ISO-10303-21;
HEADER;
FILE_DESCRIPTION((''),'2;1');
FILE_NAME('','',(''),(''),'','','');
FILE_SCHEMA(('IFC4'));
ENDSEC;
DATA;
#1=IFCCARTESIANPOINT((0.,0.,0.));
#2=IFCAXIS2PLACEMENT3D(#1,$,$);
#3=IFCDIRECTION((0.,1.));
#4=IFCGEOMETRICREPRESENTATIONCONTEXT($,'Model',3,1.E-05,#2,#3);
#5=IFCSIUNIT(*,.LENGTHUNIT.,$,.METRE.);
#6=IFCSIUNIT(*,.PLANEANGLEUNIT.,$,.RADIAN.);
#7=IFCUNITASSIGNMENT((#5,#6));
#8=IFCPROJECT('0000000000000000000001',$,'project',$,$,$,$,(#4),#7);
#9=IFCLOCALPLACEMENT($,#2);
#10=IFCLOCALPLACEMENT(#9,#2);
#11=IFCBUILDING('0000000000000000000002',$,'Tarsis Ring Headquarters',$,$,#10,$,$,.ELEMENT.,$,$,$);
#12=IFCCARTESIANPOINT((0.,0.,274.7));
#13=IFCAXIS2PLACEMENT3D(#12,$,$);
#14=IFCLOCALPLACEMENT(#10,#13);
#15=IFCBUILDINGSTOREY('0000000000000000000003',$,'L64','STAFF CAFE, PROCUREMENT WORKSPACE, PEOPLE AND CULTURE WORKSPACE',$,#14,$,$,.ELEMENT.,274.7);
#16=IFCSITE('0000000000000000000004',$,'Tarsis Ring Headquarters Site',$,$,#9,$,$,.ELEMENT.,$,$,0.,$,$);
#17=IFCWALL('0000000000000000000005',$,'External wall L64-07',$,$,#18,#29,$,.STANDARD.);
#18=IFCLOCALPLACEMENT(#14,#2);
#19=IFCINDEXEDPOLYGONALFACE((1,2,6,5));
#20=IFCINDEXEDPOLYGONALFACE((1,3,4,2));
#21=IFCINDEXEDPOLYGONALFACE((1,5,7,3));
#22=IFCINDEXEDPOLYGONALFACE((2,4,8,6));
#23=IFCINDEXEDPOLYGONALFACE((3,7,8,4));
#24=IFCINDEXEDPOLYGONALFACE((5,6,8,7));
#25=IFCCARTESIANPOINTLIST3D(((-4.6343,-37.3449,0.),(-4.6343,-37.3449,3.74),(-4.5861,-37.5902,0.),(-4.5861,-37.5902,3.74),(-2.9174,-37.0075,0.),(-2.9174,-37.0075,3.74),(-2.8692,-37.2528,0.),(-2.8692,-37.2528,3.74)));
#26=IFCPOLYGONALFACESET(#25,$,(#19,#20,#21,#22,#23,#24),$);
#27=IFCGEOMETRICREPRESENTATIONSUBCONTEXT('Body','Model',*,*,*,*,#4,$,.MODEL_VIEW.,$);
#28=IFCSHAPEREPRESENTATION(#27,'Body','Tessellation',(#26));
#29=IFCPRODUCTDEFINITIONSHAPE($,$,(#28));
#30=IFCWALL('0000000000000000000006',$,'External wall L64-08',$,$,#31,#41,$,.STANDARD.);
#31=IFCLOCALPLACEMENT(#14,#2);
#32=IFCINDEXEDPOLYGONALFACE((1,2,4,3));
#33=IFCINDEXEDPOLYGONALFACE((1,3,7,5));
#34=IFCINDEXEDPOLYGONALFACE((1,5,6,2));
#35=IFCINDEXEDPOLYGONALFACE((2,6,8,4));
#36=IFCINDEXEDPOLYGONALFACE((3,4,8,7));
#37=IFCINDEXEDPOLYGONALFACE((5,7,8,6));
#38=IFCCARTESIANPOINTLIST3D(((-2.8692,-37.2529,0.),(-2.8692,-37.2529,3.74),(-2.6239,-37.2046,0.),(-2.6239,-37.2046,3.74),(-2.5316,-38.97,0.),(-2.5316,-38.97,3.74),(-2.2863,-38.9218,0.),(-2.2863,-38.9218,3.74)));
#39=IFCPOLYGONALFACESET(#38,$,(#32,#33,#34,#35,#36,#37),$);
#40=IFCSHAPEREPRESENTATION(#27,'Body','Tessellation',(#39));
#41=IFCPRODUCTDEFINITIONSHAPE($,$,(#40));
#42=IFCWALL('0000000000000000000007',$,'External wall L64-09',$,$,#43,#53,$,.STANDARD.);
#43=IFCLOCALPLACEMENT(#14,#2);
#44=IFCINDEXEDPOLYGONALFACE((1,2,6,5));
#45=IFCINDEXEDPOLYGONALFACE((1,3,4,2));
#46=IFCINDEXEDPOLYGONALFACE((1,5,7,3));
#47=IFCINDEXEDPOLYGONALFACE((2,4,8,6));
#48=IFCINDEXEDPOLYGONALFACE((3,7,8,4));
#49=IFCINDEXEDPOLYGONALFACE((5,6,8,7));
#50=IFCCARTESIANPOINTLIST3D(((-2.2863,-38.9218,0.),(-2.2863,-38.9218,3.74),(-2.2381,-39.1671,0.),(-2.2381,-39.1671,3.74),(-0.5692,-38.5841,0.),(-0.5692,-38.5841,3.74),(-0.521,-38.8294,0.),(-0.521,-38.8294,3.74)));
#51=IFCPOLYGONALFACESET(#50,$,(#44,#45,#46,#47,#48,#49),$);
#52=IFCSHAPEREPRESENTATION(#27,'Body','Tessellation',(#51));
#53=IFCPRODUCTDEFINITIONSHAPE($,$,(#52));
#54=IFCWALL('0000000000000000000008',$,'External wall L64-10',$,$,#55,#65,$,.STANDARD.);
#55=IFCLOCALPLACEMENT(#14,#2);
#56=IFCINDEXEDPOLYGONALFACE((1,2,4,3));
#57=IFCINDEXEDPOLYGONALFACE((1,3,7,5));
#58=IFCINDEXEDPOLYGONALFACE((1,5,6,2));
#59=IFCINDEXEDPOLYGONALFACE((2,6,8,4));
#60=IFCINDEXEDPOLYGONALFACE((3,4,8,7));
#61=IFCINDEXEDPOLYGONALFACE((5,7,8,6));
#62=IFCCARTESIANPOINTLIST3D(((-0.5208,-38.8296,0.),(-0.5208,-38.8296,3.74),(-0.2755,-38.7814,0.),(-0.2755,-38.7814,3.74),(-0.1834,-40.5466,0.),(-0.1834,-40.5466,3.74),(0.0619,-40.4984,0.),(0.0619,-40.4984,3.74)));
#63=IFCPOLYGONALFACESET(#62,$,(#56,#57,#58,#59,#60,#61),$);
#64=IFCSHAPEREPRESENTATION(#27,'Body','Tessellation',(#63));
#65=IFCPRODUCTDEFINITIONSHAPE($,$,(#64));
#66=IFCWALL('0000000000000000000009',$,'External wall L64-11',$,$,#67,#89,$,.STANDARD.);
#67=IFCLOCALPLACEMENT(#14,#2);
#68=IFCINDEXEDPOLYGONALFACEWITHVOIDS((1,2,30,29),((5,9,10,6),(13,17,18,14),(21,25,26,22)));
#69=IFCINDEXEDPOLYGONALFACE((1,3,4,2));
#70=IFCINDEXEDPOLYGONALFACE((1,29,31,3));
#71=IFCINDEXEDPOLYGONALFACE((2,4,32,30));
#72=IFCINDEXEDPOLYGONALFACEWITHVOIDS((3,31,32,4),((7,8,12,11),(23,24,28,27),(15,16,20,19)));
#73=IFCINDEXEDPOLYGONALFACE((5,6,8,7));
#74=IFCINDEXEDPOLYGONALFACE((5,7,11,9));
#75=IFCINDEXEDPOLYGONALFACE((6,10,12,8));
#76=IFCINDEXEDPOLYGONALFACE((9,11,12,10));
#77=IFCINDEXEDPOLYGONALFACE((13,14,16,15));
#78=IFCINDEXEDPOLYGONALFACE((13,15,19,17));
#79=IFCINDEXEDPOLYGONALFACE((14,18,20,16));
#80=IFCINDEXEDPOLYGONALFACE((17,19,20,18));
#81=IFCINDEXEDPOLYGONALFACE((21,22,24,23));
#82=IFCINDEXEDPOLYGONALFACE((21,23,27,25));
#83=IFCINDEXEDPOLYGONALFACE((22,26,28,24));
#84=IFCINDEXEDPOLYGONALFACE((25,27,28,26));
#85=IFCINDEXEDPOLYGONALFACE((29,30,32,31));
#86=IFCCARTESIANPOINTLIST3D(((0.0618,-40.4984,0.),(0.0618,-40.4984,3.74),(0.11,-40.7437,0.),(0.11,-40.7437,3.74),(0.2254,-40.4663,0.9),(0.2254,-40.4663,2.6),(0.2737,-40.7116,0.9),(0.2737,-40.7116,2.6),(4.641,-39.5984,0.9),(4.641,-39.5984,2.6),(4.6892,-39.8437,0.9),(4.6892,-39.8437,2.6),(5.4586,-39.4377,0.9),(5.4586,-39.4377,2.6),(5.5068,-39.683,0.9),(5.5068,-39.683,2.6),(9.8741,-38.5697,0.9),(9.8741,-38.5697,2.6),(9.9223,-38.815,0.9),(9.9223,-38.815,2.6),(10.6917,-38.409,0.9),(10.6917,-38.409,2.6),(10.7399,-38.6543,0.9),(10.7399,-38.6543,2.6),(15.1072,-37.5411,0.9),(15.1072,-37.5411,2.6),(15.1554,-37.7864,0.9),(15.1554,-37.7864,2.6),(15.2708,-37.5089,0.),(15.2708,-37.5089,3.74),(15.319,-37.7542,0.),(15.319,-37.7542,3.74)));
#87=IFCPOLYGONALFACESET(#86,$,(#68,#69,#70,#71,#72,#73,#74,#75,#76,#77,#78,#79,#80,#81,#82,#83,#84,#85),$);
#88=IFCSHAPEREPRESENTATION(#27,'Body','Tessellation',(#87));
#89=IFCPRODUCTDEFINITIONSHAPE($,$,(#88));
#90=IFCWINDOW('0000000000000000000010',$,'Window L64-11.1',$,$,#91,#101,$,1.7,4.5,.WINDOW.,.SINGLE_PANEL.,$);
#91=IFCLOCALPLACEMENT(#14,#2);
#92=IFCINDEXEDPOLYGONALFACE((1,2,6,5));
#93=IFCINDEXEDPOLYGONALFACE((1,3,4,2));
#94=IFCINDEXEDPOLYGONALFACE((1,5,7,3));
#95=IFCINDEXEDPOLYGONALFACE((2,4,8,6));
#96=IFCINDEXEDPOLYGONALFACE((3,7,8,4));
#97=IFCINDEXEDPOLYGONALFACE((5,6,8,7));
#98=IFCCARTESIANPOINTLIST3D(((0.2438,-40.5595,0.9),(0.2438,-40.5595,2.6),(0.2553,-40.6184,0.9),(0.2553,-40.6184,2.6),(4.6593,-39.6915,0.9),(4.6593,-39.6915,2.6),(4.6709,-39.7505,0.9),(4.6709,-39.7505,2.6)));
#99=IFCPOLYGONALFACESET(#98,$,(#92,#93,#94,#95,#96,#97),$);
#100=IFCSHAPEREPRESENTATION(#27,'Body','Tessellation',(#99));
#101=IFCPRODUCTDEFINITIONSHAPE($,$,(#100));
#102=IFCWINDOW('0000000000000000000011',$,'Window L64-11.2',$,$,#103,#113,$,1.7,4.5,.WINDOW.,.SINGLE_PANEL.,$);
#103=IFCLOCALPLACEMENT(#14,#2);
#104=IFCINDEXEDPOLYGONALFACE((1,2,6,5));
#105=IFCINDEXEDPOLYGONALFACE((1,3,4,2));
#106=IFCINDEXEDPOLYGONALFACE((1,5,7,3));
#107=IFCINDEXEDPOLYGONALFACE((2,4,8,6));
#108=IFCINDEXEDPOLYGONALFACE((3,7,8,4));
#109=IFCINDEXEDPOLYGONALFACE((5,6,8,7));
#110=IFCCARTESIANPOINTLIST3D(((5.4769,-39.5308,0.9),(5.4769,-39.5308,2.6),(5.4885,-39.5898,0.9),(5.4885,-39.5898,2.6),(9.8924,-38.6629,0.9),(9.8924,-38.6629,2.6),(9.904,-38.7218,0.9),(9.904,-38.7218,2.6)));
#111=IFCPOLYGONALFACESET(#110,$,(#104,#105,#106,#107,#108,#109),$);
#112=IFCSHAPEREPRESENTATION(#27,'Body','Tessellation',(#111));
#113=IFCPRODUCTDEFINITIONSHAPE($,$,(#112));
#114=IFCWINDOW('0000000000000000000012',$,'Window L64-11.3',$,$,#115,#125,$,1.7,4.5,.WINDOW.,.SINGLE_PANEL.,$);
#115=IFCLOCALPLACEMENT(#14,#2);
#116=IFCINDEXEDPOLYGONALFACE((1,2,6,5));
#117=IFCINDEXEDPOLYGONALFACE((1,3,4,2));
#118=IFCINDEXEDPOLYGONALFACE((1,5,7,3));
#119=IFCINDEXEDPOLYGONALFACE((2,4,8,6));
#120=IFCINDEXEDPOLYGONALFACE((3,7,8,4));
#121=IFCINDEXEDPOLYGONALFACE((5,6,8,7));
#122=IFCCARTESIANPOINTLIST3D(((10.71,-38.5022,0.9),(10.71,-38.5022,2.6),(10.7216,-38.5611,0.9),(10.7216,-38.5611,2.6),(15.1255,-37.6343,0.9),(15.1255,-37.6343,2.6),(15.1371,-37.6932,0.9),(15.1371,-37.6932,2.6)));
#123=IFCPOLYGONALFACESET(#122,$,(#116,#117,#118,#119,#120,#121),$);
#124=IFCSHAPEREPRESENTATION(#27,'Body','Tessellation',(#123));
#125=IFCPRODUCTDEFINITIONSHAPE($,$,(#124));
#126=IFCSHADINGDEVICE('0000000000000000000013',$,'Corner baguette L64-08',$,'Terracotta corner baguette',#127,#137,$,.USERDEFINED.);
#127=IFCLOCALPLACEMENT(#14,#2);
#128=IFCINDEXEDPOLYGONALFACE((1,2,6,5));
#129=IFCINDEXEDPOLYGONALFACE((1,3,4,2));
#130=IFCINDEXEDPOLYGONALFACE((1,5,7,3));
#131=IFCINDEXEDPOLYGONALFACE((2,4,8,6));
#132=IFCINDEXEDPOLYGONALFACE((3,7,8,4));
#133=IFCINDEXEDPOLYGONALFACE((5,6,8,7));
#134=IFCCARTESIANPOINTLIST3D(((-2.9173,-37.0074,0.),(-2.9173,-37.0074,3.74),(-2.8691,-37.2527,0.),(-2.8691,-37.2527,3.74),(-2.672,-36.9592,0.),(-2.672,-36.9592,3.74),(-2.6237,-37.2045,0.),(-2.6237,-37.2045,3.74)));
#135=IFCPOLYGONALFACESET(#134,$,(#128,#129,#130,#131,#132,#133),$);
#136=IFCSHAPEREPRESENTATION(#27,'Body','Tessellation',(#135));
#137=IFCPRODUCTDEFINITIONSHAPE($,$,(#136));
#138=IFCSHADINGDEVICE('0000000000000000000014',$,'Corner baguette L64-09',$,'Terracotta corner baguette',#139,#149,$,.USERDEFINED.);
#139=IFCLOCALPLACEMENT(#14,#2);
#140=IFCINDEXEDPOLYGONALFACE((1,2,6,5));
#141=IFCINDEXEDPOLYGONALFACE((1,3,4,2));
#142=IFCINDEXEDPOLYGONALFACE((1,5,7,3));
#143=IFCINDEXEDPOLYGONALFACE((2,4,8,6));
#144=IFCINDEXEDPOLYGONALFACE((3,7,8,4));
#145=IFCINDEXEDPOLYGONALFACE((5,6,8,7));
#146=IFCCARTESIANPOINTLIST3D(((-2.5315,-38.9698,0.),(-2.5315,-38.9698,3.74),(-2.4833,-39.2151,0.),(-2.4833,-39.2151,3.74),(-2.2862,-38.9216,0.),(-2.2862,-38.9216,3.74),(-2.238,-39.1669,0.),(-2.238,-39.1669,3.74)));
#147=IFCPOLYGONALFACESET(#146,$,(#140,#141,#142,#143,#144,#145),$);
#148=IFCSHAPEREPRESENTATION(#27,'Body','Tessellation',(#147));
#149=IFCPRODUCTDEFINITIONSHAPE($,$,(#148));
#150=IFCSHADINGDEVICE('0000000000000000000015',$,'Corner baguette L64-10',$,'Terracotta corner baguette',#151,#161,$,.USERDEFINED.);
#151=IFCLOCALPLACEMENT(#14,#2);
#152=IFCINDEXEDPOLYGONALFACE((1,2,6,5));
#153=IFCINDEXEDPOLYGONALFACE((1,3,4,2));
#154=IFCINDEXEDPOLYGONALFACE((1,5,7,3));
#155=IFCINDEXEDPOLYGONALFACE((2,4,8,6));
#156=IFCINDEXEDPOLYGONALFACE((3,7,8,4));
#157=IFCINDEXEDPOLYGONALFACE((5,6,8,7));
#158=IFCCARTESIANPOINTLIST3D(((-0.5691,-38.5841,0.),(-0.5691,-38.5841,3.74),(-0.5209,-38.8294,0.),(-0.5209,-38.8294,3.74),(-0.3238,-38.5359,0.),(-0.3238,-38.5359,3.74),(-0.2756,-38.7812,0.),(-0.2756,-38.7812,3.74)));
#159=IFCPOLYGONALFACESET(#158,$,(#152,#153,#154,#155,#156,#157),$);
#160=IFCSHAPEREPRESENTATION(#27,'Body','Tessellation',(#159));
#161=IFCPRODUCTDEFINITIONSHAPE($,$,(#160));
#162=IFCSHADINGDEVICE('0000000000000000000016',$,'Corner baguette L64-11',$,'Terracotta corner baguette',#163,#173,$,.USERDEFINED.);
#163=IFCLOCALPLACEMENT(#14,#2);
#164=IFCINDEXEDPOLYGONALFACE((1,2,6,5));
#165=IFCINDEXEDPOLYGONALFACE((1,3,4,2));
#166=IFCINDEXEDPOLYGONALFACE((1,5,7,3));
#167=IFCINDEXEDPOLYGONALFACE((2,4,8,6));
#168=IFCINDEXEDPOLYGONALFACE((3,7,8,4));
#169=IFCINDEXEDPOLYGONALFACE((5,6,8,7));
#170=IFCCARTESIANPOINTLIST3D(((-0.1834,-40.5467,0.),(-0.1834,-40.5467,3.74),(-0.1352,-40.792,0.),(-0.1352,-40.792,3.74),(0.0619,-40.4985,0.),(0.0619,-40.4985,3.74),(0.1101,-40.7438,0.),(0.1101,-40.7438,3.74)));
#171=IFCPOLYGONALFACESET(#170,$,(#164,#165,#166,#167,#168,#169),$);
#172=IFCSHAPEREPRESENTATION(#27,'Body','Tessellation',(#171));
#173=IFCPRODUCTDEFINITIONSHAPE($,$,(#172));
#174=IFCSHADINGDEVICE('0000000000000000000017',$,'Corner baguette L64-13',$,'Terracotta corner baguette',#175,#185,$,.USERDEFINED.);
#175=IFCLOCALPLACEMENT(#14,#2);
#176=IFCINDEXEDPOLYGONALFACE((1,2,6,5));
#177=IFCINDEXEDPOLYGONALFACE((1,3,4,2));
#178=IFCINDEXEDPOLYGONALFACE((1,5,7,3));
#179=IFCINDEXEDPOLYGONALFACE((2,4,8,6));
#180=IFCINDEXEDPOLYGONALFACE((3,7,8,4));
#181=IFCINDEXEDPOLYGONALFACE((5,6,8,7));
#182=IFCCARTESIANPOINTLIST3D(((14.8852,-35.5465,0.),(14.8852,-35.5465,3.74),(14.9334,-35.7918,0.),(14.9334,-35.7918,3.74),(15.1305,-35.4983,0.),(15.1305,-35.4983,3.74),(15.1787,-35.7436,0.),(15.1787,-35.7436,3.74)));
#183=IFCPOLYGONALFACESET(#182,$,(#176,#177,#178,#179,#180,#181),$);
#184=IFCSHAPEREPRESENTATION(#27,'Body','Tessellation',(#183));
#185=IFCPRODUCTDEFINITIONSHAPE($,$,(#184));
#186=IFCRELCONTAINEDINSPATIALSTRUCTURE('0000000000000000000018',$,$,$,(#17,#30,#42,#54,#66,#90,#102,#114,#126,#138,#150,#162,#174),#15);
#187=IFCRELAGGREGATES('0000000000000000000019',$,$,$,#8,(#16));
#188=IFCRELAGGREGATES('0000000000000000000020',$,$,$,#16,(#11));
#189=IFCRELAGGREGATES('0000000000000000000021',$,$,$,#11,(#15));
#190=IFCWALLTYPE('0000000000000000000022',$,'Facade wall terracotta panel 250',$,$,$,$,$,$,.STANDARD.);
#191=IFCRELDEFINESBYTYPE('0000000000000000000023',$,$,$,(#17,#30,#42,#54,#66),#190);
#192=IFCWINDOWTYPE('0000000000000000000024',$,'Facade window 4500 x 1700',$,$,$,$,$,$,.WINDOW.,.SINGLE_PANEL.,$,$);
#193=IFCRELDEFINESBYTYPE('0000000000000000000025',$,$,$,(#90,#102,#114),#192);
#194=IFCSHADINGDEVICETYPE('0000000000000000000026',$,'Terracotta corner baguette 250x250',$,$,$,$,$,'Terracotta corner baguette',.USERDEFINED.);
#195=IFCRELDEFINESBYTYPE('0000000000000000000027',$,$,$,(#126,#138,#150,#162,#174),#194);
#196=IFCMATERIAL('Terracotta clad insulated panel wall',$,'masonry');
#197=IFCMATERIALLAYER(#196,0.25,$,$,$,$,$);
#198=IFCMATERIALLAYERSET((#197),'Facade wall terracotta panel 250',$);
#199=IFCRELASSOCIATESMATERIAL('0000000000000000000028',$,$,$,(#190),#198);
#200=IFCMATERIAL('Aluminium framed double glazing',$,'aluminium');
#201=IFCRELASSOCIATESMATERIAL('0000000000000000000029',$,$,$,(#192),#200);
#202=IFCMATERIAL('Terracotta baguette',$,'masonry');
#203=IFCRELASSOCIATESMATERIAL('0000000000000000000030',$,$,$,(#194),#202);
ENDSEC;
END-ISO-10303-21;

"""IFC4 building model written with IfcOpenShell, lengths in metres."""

from ifc_helpers import new_model, si_unit, direction, frame, frame_2d, origin, origin_2d, place, context, subcontext, project, spatial, rectangle, extrude, material, layer, layer_set, type_object, element, fill, save


model = new_model("IFC4")

# Units and contexts
model_context = context("Model", 3, precision=1e-05, world=origin(), true_north=direction((0.0, 1.0)))
body_context = subcontext(model_context, "Body", "Model", "MODEL_VIEW")
ifc_project = project(units=[si_unit("LENGTHUNIT", "METRE"), si_unit("PLANEANGLEUNIT", "RADIAN")], contexts=[model_context])

# Site, building, storey
site_placement = place(None, origin())
site = spatial("IfcSite", under=ifc_project, at=site_placement, Name="Tarsis Ring Headquarters Site", CompositionType="ELEMENT", RefElevation=0.0)
building_placement = place(site_placement, origin())
building = spatial("IfcBuilding", under=site, at=building_placement, Name="Tarsis Ring Headquarters", CompositionType="ELEMENT")
storey_placement = place(building_placement, frame((0.0, 0.0, 274.7)))
storey = spatial("IfcBuildingStorey", under=building, at=storey_placement, Name="L64", Description="STAFF CAFE, PROCUREMENT WORKSPACE, PEOPLE AND CULTURE WORKSPACE", CompositionType="ELEMENT", Elevation=274.7)

# Walls
ifc_material_1 = material(Name="Terracotta clad insulated panel wall", Category="masonry")
ifc_layer_1 = layer(ifc_material_1, 0.25)
ifc_layer_set_1 = layer_set([ifc_layer_1], Name="Facade wall terracotta panel 250")
wall_type_1 = type_object("IfcWallType", Name="Facade wall terracotta panel 250", PredefinedType="STANDARD", material=ifc_layer_set_1)
wall_1_placement = place(storey_placement, frame((-4.6104, -37.4675, 0.0), z_axis=(0.0, 0.0, 1.0), x_axis=(0.981235, 0.192815, 0.0)))
element("IfcWall", 1, at=wall_1_placement, inside=storey, type_object=wall_type_1, Name="External wall L64-07", PredefinedType="STANDARD", context=body_context, shape_type="SweptSolid", body=[
    extrude(rectangle(XDim=1.7498, YDim=0.25, at=frame_2d((0.875, 0.0))), origin(), (0.0, 0.0, 1.0), 3.74),
])
for number, where, z_axis, x_axis, name in (
    (2, (-2.7466, -37.2288, 0.0), (0.0, 0.0, 1.0), (0.192949, -0.981209, 0.0), "External wall L64-08"),
    (3, (-2.2622, -39.0444, 0.0), (0.0, 0.0, 1.0), (0.981209, 0.192949, 0.0), "External wall L64-09"),
):
    element("IfcWall", number, at=place(storey_placement, frame(where, z_axis=z_axis, x_axis=x_axis)), inside=storey, type_object=wall_type_1, Name=name, PredefinedType="STANDARD", context=body_context, shape_type="SweptSolid", body=[
        extrude(rectangle(XDim=1.75, YDim=0.25, at=frame_2d((0.875, 0.0))), origin(), (0.0, 0.0, 1.0), 3.74),
    ])
wall_2_placement = place(storey_placement, frame((-0.3982, -38.8054, 0.0), z_axis=(0.0, 0.0, 1.0), x_axis=(0.192815, -0.981235, 0.0)))
element("IfcWall", 4, at=wall_2_placement, inside=storey, type_object=wall_type_1, Name="External wall L64-10", PredefinedType="STANDARD", context=body_context, shape_type="SweptSolid", body=[
    extrude(rectangle(XDim=1.7498, YDim=0.25, at=frame_2d((0.875, 0.0))), origin(), (0.0, 0.0, 1.0), 3.74),
])

# Wall, openings, windows
wall_3_placement = place(storey_placement, frame((0.0859, -40.6211, 0.0), z_axis=(0.0, 0.0, 1.0), x_axis=(0.981224, 0.192871, 0.0)))
wall_3 = element("IfcWall", 5, at=wall_3_placement, inside=storey, type_object=wall_type_1, Name="External wall L64-11", PredefinedType="STANDARD", context=body_context, shape_type="SweptSolid", body=[
    extrude(rectangle(XDim=15.5, YDim=0.25, at=frame_2d((7.75, 0.0))), origin(), (0.0, 0.0, 1.0), 3.74),
])
opening_1_placement = place(wall_3_placement, frame((0.1667, 0.0, 0.8999)))
opening_1 = element("IfcOpeningElement", 6, at=opening_1_placement, cuts=wall_3, PredefinedType="OPENING", context=body_context, shape_type="SweptSolid", body=[
    extrude(rectangle(XDim=4.5, YDim=1.7, at=frame_2d((2.25, 0.8501))), frame((0.0, 0.135, 0.0), z_axis=(0.0, -1.0, 0.0), x_axis=(1.0, 0.0, 0.0)), (0.0, 0.0, 1.0), 0.27),
])
opening_2_placement = place(wall_3_placement, frame((5.5, 0.0, 0.8999)))
opening_2 = element("IfcOpeningElement", 7, at=opening_2_placement, cuts=wall_3, PredefinedType="OPENING", context=body_context, shape_type="SweptSolid", body=[
    extrude(rectangle(XDim=4.5, YDim=1.7, at=frame_2d((2.25, 0.8501))), frame((0.0, 0.135, 0.0), z_axis=(0.0, -1.0, 0.0), x_axis=(1.0, 0.0, 0.0)), (0.0, 0.0, 1.0), 0.27),
])
opening_3_placement = place(wall_3_placement, frame((10.8333, 0.0, 0.8999)))
opening_3 = element("IfcOpeningElement", 8, at=opening_3_placement, cuts=wall_3, PredefinedType="OPENING", context=body_context, shape_type="SweptSolid", body=[
    extrude(rectangle(XDim=4.5, YDim=1.7, at=frame_2d((2.25, 0.8501))), frame((0.0, 0.135, 0.0), z_axis=(0.0, -1.0, 0.0), x_axis=(1.0, 0.0, 0.0)), (0.0, 0.0, 1.0), 0.27),
])
ifc_material_2 = material(Name="Aluminium framed double glazing", Category="aluminium")
window_type = type_object("IfcWindowType", Name="Facade window 4500 x 1700", PartitioningType="SINGLE_PANEL", PredefinedType="WINDOW", material=ifc_material_2)
window_1_placement = place(opening_1_placement, origin())
window_1 = element("IfcWindow", 9, at=window_1_placement, inside=storey, type_object=window_type, Name="Window L64-11.1", OverallHeight=1.7, OverallWidth=4.5, PartitioningType="SINGLE_PANEL", PredefinedType="WINDOW", context=body_context, shape_type="SweptSolid", body=[
    extrude(rectangle(XDim=4.5, YDim=1.7, at=frame_2d((2.25, 0.8501))), frame((0.0, 0.03, 0.0), z_axis=(0.0, -1.0, 0.0), x_axis=(1.0, 0.0, 0.0)), (0.0, 0.0, 1.0), 0.0601),
])
fill(opening_1, window_1)
window_2_placement = place(opening_2_placement, origin())
window_2 = element("IfcWindow", 10, at=window_2_placement, inside=storey, type_object=window_type, Name="Window L64-11.2", OverallHeight=1.7, OverallWidth=4.5, PartitioningType="SINGLE_PANEL", PredefinedType="WINDOW", context=body_context, shape_type="SweptSolid", body=[
    extrude(rectangle(XDim=4.5, YDim=1.7, at=frame_2d((2.25, 0.8501))), frame((0.0, 0.03, 0.0), z_axis=(0.0, -1.0, 0.0), x_axis=(1.0, 0.0, 0.0)), (0.0, 0.0, 1.0), 0.0601),
])
fill(opening_2, window_2)
window_3_placement = place(opening_3_placement, origin())
window_3 = element("IfcWindow", 11, at=window_3_placement, inside=storey, type_object=window_type, Name="Window L64-11.3", OverallHeight=1.7, OverallWidth=4.5, PartitioningType="SINGLE_PANEL", PredefinedType="WINDOW", context=body_context, shape_type="SweptSolid", body=[
    extrude(rectangle(XDim=4.5, YDim=1.7, at=frame_2d((2.25, 0.8501))), frame((0.0, 0.03, 0.0), z_axis=(0.0, -1.0, 0.0), x_axis=(1.0, 0.0, 0.0)), (0.0, 0.0, 1.0), 0.0601),
])
fill(opening_3, window_3)

# Shading devices
ifc_material_3 = material(Name="Terracotta baguette", Category="masonry")
shading_device_type_1 = type_object("IfcShadingDeviceType", Name="Terracotta corner baguette 250x250", ElementType="Terracotta corner baguette", PredefinedType="USERDEFINED", material=ifc_material_3)
for number, where, z_axis, x_axis, name in (
    (12, (-2.7705, -37.106, 0.0), (0.0, 0.0, 1.0), (0.981225, 0.192865, 0.0), "Corner baguette L64-08"),
    (13, (-2.3848, -39.0684, 0.0), (0.0, 0.0, 1.0), (0.192864, -0.981225, 0.0), "Corner baguette L64-09"),
    (14, (-0.4224, -38.6826, 0.0), (0.0, 0.0, 1.0), (0.981225, 0.192865, 0.0), "Corner baguette L64-10"),
    (15, (-0.0366, -40.6453, 0.0), (0.0, 0.0, 1.0), (0.192864, -0.981225, 0.0), "Corner baguette L64-11"),
    (16, (15.032, -35.645, 0.0), (0.0, 0.0, 1.0), (-0.192864, 0.981225, 0.0), "Corner baguette L64-13"),
):
    element("IfcShadingDevice", number, at=place(storey_placement, frame(where, z_axis=z_axis, x_axis=x_axis)), inside=storey, type_object=shading_device_type_1, Name=name, ObjectType="Terracotta corner baguette", PredefinedType="USERDEFINED", context=body_context, shape_type="SweptSolid", body=[
        extrude(rectangle(XDim=0.25, YDim=0.25, at=origin_2d()), origin(), (0.0, 0.0, 1.0), 3.74),
    ])

save(model, "model.ifc")
